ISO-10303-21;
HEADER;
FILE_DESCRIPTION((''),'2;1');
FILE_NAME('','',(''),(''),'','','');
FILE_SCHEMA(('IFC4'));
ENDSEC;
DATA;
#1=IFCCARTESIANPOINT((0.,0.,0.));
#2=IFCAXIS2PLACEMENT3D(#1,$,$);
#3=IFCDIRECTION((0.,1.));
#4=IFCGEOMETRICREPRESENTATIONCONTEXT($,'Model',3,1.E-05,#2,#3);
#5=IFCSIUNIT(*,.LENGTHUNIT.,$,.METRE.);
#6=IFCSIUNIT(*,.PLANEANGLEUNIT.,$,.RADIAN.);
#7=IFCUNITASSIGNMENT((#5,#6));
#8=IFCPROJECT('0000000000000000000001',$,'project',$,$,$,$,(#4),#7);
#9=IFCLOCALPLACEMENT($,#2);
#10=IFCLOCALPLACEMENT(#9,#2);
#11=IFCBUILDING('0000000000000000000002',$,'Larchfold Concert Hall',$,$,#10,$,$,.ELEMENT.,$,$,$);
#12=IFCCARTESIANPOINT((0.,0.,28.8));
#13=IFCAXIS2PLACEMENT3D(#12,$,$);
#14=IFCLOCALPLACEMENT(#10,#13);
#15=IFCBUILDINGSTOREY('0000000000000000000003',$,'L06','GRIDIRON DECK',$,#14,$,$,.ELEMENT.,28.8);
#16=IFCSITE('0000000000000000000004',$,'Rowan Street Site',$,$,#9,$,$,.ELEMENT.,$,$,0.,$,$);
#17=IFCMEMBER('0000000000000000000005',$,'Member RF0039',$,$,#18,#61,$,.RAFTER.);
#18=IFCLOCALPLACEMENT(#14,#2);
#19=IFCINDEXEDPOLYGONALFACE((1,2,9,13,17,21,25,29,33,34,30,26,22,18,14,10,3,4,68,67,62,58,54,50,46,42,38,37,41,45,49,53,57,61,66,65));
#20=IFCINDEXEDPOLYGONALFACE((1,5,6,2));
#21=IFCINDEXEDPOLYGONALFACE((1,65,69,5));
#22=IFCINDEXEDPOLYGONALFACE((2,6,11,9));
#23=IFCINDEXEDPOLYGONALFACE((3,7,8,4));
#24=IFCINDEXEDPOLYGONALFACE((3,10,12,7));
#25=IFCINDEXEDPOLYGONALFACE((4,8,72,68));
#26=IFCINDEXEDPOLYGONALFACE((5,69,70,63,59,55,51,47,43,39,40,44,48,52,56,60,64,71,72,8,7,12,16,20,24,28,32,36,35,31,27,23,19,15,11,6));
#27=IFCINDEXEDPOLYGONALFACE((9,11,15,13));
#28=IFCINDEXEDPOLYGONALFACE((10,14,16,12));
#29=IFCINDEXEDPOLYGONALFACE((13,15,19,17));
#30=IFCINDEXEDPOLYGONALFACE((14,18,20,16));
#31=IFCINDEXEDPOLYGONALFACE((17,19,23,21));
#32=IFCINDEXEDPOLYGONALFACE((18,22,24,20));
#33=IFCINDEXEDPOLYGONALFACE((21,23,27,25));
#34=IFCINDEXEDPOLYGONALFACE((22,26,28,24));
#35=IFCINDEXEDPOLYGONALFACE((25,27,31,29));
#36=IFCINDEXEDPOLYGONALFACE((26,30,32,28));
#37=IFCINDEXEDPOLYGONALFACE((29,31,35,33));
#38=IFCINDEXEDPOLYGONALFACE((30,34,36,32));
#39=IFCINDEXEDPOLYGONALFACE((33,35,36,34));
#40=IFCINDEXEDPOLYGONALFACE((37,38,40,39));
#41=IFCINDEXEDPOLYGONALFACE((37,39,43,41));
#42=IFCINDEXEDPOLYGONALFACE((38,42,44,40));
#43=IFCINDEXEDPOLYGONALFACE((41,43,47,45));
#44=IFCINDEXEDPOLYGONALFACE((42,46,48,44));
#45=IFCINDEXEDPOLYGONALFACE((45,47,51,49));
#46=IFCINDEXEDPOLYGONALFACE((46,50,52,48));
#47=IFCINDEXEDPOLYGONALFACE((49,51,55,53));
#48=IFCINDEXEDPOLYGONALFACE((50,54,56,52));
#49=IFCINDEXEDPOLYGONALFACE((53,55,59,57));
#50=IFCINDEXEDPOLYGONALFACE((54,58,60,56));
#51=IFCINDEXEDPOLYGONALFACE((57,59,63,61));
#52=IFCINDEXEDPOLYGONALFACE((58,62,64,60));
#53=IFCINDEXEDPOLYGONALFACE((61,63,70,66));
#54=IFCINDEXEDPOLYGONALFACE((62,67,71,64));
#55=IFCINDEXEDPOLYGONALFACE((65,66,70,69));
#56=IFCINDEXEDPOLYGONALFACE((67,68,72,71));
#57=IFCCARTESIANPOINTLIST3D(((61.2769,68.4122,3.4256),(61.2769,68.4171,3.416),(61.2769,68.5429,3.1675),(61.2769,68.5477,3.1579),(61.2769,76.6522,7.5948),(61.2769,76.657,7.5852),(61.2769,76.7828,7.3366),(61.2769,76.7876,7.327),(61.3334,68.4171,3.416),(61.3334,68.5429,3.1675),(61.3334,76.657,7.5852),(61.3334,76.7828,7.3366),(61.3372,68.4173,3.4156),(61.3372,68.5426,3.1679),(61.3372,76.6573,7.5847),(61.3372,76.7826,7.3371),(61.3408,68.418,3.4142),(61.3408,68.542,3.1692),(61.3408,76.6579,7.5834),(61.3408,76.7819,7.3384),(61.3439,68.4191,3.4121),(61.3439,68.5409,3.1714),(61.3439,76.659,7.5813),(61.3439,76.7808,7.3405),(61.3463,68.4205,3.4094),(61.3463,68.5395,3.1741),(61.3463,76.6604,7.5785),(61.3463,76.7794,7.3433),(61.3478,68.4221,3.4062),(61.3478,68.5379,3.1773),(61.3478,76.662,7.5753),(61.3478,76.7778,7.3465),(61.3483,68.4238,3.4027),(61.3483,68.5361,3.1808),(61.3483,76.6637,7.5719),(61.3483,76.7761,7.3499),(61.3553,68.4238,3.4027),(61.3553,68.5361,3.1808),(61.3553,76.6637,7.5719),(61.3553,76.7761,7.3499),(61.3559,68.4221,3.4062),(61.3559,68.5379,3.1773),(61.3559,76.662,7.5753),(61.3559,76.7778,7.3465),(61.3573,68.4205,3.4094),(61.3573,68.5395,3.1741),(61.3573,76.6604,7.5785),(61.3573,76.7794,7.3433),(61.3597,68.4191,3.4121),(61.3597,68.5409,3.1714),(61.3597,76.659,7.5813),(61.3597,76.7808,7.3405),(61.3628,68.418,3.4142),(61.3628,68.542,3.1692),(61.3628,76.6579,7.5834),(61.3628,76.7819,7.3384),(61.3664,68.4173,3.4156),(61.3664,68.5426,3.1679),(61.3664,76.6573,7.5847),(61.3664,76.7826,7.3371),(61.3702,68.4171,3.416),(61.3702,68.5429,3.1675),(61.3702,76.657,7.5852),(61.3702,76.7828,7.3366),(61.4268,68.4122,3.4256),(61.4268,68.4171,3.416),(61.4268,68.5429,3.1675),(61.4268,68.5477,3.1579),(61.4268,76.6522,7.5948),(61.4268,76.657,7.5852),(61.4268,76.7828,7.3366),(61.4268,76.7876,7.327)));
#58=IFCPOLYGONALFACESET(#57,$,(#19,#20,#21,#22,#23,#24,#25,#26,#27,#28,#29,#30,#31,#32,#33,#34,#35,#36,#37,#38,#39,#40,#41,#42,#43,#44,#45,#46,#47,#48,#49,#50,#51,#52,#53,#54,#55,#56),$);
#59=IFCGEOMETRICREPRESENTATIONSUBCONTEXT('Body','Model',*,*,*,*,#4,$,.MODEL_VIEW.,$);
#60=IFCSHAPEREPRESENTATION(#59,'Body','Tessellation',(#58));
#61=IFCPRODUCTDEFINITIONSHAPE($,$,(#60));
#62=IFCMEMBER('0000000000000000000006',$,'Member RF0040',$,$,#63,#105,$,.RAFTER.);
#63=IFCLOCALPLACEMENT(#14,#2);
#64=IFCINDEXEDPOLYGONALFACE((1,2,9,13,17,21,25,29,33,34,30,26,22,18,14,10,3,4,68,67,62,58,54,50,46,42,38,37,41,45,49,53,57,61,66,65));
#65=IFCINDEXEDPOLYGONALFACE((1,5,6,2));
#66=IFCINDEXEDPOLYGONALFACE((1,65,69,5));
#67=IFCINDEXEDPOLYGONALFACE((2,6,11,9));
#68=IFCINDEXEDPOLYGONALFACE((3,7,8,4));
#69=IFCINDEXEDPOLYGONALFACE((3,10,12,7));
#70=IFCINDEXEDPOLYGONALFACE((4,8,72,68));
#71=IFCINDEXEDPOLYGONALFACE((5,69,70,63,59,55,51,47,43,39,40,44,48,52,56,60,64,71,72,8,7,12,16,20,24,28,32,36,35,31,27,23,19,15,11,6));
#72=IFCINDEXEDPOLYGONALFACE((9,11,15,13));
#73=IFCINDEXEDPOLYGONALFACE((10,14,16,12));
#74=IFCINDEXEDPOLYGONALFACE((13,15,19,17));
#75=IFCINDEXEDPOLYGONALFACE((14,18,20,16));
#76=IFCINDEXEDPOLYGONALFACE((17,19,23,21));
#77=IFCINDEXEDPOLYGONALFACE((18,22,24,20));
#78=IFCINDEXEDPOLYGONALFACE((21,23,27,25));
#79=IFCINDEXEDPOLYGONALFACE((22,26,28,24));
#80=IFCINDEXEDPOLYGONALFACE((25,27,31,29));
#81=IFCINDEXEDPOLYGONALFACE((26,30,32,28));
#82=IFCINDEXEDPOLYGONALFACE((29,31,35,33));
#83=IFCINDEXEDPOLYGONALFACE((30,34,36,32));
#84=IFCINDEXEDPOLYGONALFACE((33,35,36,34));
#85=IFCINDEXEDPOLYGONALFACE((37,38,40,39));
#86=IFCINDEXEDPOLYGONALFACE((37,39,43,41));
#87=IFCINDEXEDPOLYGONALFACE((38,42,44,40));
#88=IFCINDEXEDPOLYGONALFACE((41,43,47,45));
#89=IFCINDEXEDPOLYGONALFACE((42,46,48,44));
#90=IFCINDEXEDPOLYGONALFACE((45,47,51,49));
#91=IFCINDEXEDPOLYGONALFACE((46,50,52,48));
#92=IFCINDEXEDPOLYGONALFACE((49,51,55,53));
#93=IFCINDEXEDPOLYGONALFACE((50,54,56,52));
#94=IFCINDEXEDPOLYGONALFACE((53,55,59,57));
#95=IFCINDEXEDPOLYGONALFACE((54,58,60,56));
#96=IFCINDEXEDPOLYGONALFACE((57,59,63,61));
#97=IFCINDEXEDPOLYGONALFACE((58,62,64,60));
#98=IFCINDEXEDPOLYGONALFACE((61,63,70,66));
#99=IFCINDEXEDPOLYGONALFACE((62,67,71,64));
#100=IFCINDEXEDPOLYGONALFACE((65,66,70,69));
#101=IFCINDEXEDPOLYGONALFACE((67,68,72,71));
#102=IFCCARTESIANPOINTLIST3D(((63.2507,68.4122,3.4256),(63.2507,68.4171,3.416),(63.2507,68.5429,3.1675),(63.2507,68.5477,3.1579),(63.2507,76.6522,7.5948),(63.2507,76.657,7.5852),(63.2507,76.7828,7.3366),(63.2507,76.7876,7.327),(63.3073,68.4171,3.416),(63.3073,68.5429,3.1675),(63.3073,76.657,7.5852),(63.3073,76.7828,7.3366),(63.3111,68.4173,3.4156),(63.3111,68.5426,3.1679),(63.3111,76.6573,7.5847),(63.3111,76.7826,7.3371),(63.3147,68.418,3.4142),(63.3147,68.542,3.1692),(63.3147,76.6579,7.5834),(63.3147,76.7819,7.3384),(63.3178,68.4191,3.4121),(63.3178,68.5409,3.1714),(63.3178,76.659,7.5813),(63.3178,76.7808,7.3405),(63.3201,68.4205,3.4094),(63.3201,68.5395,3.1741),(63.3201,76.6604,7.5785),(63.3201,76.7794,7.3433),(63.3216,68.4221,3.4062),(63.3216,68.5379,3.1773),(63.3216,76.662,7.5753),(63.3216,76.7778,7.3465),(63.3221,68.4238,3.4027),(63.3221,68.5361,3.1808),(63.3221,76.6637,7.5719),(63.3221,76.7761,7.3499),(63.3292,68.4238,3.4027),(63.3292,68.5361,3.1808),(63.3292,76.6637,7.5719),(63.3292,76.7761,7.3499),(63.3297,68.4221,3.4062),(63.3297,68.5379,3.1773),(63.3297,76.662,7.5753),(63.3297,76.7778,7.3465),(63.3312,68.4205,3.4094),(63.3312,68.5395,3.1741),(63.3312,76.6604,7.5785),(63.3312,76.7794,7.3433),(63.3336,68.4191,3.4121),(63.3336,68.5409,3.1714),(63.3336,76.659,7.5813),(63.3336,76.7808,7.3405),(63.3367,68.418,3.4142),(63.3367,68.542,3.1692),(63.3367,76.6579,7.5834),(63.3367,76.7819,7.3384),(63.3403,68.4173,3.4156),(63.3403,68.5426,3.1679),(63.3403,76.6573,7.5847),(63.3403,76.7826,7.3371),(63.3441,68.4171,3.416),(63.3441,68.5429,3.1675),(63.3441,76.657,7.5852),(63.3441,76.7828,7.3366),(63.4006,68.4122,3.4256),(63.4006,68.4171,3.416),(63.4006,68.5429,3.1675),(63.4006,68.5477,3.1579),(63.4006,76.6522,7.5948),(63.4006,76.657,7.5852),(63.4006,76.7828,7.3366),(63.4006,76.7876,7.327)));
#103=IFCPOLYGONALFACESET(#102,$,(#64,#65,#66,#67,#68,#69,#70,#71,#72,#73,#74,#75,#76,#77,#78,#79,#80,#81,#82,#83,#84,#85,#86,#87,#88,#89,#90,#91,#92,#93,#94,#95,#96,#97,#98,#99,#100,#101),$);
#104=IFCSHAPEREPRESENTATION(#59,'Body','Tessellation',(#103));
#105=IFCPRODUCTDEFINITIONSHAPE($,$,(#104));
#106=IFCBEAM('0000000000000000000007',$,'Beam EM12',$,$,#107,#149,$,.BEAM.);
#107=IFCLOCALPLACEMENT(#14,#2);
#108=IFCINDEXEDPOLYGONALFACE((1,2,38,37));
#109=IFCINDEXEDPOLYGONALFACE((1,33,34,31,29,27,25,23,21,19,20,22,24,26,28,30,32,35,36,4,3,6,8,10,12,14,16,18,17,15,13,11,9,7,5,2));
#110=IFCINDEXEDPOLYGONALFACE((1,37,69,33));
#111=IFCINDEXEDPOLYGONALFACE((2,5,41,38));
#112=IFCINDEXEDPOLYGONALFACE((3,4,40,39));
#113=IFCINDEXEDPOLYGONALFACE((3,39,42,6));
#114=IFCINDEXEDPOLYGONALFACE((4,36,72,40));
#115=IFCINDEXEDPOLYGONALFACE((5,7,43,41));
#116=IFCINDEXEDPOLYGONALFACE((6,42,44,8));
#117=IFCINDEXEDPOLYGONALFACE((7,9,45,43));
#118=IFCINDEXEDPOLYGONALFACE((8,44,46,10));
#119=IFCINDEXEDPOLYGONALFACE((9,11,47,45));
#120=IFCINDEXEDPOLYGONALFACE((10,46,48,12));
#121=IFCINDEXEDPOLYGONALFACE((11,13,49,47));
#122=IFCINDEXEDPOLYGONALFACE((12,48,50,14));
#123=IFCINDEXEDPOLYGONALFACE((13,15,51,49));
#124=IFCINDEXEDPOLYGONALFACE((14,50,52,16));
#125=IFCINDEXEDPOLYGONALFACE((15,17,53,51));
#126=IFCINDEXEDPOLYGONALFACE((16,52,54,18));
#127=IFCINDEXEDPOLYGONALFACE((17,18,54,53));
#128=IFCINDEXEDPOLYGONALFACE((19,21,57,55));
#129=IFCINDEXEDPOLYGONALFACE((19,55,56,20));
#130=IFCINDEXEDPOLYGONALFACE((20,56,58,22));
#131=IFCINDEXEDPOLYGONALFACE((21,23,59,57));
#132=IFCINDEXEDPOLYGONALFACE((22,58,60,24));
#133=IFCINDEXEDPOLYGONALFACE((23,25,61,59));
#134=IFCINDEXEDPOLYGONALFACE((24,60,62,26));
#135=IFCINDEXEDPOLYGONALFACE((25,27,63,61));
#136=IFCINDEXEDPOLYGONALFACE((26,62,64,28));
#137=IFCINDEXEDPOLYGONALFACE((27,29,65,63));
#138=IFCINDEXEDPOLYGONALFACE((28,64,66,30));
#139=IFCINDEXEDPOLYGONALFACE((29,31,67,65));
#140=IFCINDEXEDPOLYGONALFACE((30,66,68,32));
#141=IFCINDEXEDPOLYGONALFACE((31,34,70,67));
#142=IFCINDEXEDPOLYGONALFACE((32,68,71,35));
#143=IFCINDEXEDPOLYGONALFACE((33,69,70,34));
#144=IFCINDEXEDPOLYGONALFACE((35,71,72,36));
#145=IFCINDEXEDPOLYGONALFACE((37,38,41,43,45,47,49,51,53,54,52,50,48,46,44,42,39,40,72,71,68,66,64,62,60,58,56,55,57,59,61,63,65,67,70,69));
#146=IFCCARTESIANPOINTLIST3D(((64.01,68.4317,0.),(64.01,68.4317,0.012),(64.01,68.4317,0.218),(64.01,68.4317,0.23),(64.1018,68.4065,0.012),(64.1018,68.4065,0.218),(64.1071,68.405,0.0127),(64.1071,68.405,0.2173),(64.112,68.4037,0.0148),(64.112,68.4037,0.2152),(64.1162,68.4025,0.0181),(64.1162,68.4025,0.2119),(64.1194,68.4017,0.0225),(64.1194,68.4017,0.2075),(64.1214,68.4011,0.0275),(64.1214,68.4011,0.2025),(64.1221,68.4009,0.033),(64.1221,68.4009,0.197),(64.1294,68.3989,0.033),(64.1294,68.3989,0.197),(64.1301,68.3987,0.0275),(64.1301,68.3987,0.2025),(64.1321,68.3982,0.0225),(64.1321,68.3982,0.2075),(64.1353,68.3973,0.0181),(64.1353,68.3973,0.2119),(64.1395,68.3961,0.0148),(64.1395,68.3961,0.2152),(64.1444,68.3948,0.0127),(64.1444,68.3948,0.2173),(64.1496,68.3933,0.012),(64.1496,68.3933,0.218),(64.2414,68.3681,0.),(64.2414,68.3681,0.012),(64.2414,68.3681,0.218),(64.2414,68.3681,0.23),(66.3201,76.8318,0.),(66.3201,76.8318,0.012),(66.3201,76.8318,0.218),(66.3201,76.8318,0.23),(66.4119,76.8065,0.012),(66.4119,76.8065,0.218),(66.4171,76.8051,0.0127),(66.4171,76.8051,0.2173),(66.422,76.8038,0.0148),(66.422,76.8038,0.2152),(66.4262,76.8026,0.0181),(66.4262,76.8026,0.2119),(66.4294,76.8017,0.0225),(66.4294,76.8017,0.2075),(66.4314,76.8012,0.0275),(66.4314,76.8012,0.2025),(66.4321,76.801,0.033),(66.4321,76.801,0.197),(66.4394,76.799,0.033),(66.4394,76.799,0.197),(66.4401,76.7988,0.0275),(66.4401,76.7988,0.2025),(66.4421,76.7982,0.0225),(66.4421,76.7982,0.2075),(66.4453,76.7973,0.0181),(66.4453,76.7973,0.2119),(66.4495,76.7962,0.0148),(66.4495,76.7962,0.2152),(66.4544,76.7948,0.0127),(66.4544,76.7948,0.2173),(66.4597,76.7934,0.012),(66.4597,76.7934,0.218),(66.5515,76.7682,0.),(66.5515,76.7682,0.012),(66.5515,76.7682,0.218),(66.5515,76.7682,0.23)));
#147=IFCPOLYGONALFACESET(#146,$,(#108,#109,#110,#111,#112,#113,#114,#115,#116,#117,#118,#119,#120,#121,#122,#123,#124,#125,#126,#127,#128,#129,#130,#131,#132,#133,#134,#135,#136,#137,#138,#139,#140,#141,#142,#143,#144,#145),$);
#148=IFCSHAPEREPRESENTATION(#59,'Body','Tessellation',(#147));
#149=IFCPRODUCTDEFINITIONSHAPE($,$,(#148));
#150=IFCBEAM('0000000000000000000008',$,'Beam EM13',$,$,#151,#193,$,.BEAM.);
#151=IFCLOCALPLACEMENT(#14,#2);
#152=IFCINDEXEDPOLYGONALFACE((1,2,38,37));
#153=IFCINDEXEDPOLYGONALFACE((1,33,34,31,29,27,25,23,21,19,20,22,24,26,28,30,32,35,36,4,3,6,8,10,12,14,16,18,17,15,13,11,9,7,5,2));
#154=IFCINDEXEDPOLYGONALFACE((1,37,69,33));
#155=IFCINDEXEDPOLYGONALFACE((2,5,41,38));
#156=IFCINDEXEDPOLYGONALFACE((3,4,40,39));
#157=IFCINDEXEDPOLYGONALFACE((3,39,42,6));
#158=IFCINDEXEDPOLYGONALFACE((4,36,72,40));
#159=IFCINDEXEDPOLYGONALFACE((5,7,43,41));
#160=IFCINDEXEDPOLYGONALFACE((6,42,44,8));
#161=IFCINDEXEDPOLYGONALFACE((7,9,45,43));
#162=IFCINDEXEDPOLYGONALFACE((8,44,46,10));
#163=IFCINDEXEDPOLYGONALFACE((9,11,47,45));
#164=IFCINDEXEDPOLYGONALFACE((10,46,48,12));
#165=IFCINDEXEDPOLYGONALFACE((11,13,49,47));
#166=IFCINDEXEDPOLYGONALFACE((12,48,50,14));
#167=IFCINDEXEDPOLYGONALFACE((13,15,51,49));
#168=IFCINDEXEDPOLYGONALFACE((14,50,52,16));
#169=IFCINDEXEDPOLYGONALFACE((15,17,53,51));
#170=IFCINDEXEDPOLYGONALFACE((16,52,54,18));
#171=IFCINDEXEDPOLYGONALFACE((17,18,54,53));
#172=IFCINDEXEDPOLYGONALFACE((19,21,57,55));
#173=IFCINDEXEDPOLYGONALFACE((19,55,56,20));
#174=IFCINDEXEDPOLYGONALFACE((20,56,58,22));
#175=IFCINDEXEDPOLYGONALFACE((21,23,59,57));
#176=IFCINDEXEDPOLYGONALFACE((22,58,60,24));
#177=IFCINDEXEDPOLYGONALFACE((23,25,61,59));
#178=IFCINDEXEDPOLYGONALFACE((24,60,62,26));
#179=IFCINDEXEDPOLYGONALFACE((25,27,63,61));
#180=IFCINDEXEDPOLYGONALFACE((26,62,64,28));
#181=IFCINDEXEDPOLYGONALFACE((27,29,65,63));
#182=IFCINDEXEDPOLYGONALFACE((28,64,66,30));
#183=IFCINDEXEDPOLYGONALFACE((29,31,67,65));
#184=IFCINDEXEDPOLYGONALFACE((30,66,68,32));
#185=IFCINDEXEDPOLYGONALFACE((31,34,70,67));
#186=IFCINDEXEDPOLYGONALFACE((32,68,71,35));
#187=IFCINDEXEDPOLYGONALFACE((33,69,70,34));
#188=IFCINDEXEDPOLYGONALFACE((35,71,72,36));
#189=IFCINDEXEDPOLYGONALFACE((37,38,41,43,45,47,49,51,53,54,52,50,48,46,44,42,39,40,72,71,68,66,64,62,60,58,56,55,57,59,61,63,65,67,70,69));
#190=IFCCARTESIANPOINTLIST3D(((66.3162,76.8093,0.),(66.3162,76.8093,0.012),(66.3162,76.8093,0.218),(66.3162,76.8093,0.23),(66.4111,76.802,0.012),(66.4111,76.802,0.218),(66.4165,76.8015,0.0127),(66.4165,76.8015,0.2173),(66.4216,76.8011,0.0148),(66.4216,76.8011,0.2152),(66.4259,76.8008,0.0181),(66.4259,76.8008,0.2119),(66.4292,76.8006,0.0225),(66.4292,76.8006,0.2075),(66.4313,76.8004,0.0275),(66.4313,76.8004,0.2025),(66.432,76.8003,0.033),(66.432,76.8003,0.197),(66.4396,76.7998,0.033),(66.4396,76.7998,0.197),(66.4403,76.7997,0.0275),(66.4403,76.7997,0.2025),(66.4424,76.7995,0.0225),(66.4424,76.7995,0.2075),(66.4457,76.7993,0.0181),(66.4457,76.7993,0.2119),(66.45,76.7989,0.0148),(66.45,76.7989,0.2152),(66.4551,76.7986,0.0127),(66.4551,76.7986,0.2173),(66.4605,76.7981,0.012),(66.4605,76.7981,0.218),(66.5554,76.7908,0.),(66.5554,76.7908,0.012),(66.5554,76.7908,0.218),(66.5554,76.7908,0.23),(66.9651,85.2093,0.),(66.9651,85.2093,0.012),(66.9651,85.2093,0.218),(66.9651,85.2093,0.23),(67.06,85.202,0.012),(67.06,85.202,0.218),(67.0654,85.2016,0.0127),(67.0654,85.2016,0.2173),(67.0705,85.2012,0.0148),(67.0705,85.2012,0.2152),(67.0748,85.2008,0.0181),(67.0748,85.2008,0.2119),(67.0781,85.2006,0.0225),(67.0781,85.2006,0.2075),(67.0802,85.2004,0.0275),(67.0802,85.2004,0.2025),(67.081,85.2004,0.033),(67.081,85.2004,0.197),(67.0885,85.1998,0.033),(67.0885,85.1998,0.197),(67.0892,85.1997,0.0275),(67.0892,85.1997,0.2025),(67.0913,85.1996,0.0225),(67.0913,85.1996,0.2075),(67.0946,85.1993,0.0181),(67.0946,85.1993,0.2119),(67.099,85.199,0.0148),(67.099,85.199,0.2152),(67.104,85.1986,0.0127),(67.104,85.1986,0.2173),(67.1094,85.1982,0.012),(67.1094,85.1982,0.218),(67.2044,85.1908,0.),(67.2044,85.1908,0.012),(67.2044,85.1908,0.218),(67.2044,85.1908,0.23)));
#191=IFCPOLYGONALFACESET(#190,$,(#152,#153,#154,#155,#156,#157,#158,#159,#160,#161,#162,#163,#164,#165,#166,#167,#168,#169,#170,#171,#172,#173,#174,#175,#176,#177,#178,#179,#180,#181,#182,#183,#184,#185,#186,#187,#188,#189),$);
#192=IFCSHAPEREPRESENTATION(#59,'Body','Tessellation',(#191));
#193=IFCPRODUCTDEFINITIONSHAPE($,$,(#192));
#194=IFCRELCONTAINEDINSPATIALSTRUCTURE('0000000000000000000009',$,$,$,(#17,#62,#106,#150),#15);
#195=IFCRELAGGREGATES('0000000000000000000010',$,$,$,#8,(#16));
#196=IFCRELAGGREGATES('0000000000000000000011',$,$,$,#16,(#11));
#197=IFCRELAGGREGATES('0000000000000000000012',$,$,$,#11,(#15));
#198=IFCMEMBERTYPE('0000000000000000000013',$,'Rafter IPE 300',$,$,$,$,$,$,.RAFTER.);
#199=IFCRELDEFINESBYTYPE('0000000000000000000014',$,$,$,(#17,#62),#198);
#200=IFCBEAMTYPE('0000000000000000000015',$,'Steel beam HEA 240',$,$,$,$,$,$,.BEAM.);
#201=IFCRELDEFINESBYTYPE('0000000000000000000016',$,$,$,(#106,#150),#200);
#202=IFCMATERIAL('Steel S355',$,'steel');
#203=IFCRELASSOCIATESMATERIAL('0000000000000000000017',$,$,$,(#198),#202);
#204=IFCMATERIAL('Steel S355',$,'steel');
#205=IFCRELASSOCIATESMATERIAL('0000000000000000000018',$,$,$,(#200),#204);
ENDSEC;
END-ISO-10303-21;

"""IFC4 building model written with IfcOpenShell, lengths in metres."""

from ifc_helpers import new_model, si_unit, direction, frame, origin, origin_2d, place, context, subcontext, project, spatial, i_section, extrude, material, material_profile, profile_set, type_object, element, save


model = new_model("IFC4")

# Units and contexts
model_context = context("Model", 3, precision=1e-05, world=origin(), true_north=direction((0.0, 1.0)))
body_context = subcontext(model_context, "Body", "Model", "MODEL_VIEW")
ifc_project = project(units=[si_unit("LENGTHUNIT", "METRE"), si_unit("PLANEANGLEUNIT", "RADIAN")], contexts=[model_context])

# Site, building, storey
site_placement = place(None, origin())
site = spatial("IfcSite", under=ifc_project, at=site_placement, Name="Rowan Street Site", CompositionType="ELEMENT", RefElevation=0.0)
building_placement = place(site_placement, origin())
building = spatial("IfcBuilding", under=site, at=building_placement, Name="Larchfold Concert Hall", CompositionType="ELEMENT")
storey_placement = place(building_placement, frame((0.0, 0.0, 28.8)))
storey = spatial("IfcBuildingStorey", under=building, at=storey_placement, Name="L06", Description="GRIDIRON DECK", CompositionType="ELEMENT", Elevation=28.8)

# Members
ifc_material_1 = material(Name="Steel S355", Category="steel")
ifc_material_profile_1 = material_profile(ifc_material_1, i_section(OverallWidth=0.1499, OverallDepth=0.3, WebThickness=0.0071, FlangeThickness=0.0107, FilletRadius=0.0149, at=origin_2d()))
ifc_profile_set_1 = profile_set([ifc_material_profile_1], Name="Steel S355")
member_type_1 = type_object("IfcMemberType", Name="Rafter IPE 300", PredefinedType="RAFTER", material=ifc_profile_set_1)
for number, where, z_axis, x_axis, name in (
    (1, (61.3518, 68.48, 3.2917), (0.0, 0.892286, 0.45147), (-1.0, 0.0, 0.0), "Member RF0039"),
    (2, (63.3257, 68.48, 3.2917), (0.0, 0.892286, 0.45147), (-1.0, 0.0, 0.0), "Member RF0040"),
):
    element("IfcMember", number, at=place(storey_placement, frame(where, z_axis=z_axis, x_axis=x_axis)), inside=storey, type_object=member_type_1, Name=name, PredefinedType="RAFTER", context=body_context, shape_type="SweptSolid", body=[
        extrude(i_section(OverallWidth=0.1499, OverallDepth=0.3, WebThickness=0.0071, FlangeThickness=0.0107, FilletRadius=0.0149, at=origin_2d()), origin(), (0.0, 0.0, 1.0), 9.2346),
    ])

# Beams
ifc_material_2 = material(Name="Steel S355", Category="steel")
ifc_material_profile_2 = material_profile(ifc_material_2, i_section(OverallWidth=0.24, OverallDepth=0.23, WebThickness=0.0076, FlangeThickness=0.012, FilletRadius=0.021, at=origin_2d()))
ifc_profile_set_2 = profile_set([ifc_material_profile_2], Name="Steel S355")
beam_type_1 = type_object("IfcBeamType", Name="Steel beam HEA 240", PredefinedType="BEAM", material=ifc_profile_set_2)
beam_1_placement = place(storey_placement, frame((64.1257, 68.3999, 0.115), z_axis=(0.265158, 0.964205, 0.0), x_axis=(-0.964205, 0.265158, 0.0)))
element("IfcBeam", 3, at=beam_1_placement, inside=storey, type_object=beam_type_1, Name="Beam EM12", PredefinedType="BEAM", context=body_context, shape_type="SweptSolid", body=[
    extrude(i_section(OverallWidth=0.24, OverallDepth=0.23, WebThickness=0.0076, FlangeThickness=0.012, FilletRadius=0.021, at=origin_2d()), origin(), (0.0, 0.0, 1.0), 8.7119),
])
beam_2_placement = place(storey_placement, frame((66.4358, 76.8, 0.115), z_axis=(0.077024, 0.997029, 0.0), x_axis=(-0.997029, 0.077024, 0.0)))
element("IfcBeam", 4, at=beam_2_placement, inside=storey, type_object=beam_type_1, Name="Beam EM13", PredefinedType="BEAM", context=body_context, shape_type="SweptSolid", body=[
    extrude(i_section(OverallWidth=0.24, OverallDepth=0.23, WebThickness=0.0076, FlangeThickness=0.012, FilletRadius=0.021, at=origin_2d()), origin(), (0.0, 0.0, 1.0), 8.425),
])

save(model, "model.ifc")
